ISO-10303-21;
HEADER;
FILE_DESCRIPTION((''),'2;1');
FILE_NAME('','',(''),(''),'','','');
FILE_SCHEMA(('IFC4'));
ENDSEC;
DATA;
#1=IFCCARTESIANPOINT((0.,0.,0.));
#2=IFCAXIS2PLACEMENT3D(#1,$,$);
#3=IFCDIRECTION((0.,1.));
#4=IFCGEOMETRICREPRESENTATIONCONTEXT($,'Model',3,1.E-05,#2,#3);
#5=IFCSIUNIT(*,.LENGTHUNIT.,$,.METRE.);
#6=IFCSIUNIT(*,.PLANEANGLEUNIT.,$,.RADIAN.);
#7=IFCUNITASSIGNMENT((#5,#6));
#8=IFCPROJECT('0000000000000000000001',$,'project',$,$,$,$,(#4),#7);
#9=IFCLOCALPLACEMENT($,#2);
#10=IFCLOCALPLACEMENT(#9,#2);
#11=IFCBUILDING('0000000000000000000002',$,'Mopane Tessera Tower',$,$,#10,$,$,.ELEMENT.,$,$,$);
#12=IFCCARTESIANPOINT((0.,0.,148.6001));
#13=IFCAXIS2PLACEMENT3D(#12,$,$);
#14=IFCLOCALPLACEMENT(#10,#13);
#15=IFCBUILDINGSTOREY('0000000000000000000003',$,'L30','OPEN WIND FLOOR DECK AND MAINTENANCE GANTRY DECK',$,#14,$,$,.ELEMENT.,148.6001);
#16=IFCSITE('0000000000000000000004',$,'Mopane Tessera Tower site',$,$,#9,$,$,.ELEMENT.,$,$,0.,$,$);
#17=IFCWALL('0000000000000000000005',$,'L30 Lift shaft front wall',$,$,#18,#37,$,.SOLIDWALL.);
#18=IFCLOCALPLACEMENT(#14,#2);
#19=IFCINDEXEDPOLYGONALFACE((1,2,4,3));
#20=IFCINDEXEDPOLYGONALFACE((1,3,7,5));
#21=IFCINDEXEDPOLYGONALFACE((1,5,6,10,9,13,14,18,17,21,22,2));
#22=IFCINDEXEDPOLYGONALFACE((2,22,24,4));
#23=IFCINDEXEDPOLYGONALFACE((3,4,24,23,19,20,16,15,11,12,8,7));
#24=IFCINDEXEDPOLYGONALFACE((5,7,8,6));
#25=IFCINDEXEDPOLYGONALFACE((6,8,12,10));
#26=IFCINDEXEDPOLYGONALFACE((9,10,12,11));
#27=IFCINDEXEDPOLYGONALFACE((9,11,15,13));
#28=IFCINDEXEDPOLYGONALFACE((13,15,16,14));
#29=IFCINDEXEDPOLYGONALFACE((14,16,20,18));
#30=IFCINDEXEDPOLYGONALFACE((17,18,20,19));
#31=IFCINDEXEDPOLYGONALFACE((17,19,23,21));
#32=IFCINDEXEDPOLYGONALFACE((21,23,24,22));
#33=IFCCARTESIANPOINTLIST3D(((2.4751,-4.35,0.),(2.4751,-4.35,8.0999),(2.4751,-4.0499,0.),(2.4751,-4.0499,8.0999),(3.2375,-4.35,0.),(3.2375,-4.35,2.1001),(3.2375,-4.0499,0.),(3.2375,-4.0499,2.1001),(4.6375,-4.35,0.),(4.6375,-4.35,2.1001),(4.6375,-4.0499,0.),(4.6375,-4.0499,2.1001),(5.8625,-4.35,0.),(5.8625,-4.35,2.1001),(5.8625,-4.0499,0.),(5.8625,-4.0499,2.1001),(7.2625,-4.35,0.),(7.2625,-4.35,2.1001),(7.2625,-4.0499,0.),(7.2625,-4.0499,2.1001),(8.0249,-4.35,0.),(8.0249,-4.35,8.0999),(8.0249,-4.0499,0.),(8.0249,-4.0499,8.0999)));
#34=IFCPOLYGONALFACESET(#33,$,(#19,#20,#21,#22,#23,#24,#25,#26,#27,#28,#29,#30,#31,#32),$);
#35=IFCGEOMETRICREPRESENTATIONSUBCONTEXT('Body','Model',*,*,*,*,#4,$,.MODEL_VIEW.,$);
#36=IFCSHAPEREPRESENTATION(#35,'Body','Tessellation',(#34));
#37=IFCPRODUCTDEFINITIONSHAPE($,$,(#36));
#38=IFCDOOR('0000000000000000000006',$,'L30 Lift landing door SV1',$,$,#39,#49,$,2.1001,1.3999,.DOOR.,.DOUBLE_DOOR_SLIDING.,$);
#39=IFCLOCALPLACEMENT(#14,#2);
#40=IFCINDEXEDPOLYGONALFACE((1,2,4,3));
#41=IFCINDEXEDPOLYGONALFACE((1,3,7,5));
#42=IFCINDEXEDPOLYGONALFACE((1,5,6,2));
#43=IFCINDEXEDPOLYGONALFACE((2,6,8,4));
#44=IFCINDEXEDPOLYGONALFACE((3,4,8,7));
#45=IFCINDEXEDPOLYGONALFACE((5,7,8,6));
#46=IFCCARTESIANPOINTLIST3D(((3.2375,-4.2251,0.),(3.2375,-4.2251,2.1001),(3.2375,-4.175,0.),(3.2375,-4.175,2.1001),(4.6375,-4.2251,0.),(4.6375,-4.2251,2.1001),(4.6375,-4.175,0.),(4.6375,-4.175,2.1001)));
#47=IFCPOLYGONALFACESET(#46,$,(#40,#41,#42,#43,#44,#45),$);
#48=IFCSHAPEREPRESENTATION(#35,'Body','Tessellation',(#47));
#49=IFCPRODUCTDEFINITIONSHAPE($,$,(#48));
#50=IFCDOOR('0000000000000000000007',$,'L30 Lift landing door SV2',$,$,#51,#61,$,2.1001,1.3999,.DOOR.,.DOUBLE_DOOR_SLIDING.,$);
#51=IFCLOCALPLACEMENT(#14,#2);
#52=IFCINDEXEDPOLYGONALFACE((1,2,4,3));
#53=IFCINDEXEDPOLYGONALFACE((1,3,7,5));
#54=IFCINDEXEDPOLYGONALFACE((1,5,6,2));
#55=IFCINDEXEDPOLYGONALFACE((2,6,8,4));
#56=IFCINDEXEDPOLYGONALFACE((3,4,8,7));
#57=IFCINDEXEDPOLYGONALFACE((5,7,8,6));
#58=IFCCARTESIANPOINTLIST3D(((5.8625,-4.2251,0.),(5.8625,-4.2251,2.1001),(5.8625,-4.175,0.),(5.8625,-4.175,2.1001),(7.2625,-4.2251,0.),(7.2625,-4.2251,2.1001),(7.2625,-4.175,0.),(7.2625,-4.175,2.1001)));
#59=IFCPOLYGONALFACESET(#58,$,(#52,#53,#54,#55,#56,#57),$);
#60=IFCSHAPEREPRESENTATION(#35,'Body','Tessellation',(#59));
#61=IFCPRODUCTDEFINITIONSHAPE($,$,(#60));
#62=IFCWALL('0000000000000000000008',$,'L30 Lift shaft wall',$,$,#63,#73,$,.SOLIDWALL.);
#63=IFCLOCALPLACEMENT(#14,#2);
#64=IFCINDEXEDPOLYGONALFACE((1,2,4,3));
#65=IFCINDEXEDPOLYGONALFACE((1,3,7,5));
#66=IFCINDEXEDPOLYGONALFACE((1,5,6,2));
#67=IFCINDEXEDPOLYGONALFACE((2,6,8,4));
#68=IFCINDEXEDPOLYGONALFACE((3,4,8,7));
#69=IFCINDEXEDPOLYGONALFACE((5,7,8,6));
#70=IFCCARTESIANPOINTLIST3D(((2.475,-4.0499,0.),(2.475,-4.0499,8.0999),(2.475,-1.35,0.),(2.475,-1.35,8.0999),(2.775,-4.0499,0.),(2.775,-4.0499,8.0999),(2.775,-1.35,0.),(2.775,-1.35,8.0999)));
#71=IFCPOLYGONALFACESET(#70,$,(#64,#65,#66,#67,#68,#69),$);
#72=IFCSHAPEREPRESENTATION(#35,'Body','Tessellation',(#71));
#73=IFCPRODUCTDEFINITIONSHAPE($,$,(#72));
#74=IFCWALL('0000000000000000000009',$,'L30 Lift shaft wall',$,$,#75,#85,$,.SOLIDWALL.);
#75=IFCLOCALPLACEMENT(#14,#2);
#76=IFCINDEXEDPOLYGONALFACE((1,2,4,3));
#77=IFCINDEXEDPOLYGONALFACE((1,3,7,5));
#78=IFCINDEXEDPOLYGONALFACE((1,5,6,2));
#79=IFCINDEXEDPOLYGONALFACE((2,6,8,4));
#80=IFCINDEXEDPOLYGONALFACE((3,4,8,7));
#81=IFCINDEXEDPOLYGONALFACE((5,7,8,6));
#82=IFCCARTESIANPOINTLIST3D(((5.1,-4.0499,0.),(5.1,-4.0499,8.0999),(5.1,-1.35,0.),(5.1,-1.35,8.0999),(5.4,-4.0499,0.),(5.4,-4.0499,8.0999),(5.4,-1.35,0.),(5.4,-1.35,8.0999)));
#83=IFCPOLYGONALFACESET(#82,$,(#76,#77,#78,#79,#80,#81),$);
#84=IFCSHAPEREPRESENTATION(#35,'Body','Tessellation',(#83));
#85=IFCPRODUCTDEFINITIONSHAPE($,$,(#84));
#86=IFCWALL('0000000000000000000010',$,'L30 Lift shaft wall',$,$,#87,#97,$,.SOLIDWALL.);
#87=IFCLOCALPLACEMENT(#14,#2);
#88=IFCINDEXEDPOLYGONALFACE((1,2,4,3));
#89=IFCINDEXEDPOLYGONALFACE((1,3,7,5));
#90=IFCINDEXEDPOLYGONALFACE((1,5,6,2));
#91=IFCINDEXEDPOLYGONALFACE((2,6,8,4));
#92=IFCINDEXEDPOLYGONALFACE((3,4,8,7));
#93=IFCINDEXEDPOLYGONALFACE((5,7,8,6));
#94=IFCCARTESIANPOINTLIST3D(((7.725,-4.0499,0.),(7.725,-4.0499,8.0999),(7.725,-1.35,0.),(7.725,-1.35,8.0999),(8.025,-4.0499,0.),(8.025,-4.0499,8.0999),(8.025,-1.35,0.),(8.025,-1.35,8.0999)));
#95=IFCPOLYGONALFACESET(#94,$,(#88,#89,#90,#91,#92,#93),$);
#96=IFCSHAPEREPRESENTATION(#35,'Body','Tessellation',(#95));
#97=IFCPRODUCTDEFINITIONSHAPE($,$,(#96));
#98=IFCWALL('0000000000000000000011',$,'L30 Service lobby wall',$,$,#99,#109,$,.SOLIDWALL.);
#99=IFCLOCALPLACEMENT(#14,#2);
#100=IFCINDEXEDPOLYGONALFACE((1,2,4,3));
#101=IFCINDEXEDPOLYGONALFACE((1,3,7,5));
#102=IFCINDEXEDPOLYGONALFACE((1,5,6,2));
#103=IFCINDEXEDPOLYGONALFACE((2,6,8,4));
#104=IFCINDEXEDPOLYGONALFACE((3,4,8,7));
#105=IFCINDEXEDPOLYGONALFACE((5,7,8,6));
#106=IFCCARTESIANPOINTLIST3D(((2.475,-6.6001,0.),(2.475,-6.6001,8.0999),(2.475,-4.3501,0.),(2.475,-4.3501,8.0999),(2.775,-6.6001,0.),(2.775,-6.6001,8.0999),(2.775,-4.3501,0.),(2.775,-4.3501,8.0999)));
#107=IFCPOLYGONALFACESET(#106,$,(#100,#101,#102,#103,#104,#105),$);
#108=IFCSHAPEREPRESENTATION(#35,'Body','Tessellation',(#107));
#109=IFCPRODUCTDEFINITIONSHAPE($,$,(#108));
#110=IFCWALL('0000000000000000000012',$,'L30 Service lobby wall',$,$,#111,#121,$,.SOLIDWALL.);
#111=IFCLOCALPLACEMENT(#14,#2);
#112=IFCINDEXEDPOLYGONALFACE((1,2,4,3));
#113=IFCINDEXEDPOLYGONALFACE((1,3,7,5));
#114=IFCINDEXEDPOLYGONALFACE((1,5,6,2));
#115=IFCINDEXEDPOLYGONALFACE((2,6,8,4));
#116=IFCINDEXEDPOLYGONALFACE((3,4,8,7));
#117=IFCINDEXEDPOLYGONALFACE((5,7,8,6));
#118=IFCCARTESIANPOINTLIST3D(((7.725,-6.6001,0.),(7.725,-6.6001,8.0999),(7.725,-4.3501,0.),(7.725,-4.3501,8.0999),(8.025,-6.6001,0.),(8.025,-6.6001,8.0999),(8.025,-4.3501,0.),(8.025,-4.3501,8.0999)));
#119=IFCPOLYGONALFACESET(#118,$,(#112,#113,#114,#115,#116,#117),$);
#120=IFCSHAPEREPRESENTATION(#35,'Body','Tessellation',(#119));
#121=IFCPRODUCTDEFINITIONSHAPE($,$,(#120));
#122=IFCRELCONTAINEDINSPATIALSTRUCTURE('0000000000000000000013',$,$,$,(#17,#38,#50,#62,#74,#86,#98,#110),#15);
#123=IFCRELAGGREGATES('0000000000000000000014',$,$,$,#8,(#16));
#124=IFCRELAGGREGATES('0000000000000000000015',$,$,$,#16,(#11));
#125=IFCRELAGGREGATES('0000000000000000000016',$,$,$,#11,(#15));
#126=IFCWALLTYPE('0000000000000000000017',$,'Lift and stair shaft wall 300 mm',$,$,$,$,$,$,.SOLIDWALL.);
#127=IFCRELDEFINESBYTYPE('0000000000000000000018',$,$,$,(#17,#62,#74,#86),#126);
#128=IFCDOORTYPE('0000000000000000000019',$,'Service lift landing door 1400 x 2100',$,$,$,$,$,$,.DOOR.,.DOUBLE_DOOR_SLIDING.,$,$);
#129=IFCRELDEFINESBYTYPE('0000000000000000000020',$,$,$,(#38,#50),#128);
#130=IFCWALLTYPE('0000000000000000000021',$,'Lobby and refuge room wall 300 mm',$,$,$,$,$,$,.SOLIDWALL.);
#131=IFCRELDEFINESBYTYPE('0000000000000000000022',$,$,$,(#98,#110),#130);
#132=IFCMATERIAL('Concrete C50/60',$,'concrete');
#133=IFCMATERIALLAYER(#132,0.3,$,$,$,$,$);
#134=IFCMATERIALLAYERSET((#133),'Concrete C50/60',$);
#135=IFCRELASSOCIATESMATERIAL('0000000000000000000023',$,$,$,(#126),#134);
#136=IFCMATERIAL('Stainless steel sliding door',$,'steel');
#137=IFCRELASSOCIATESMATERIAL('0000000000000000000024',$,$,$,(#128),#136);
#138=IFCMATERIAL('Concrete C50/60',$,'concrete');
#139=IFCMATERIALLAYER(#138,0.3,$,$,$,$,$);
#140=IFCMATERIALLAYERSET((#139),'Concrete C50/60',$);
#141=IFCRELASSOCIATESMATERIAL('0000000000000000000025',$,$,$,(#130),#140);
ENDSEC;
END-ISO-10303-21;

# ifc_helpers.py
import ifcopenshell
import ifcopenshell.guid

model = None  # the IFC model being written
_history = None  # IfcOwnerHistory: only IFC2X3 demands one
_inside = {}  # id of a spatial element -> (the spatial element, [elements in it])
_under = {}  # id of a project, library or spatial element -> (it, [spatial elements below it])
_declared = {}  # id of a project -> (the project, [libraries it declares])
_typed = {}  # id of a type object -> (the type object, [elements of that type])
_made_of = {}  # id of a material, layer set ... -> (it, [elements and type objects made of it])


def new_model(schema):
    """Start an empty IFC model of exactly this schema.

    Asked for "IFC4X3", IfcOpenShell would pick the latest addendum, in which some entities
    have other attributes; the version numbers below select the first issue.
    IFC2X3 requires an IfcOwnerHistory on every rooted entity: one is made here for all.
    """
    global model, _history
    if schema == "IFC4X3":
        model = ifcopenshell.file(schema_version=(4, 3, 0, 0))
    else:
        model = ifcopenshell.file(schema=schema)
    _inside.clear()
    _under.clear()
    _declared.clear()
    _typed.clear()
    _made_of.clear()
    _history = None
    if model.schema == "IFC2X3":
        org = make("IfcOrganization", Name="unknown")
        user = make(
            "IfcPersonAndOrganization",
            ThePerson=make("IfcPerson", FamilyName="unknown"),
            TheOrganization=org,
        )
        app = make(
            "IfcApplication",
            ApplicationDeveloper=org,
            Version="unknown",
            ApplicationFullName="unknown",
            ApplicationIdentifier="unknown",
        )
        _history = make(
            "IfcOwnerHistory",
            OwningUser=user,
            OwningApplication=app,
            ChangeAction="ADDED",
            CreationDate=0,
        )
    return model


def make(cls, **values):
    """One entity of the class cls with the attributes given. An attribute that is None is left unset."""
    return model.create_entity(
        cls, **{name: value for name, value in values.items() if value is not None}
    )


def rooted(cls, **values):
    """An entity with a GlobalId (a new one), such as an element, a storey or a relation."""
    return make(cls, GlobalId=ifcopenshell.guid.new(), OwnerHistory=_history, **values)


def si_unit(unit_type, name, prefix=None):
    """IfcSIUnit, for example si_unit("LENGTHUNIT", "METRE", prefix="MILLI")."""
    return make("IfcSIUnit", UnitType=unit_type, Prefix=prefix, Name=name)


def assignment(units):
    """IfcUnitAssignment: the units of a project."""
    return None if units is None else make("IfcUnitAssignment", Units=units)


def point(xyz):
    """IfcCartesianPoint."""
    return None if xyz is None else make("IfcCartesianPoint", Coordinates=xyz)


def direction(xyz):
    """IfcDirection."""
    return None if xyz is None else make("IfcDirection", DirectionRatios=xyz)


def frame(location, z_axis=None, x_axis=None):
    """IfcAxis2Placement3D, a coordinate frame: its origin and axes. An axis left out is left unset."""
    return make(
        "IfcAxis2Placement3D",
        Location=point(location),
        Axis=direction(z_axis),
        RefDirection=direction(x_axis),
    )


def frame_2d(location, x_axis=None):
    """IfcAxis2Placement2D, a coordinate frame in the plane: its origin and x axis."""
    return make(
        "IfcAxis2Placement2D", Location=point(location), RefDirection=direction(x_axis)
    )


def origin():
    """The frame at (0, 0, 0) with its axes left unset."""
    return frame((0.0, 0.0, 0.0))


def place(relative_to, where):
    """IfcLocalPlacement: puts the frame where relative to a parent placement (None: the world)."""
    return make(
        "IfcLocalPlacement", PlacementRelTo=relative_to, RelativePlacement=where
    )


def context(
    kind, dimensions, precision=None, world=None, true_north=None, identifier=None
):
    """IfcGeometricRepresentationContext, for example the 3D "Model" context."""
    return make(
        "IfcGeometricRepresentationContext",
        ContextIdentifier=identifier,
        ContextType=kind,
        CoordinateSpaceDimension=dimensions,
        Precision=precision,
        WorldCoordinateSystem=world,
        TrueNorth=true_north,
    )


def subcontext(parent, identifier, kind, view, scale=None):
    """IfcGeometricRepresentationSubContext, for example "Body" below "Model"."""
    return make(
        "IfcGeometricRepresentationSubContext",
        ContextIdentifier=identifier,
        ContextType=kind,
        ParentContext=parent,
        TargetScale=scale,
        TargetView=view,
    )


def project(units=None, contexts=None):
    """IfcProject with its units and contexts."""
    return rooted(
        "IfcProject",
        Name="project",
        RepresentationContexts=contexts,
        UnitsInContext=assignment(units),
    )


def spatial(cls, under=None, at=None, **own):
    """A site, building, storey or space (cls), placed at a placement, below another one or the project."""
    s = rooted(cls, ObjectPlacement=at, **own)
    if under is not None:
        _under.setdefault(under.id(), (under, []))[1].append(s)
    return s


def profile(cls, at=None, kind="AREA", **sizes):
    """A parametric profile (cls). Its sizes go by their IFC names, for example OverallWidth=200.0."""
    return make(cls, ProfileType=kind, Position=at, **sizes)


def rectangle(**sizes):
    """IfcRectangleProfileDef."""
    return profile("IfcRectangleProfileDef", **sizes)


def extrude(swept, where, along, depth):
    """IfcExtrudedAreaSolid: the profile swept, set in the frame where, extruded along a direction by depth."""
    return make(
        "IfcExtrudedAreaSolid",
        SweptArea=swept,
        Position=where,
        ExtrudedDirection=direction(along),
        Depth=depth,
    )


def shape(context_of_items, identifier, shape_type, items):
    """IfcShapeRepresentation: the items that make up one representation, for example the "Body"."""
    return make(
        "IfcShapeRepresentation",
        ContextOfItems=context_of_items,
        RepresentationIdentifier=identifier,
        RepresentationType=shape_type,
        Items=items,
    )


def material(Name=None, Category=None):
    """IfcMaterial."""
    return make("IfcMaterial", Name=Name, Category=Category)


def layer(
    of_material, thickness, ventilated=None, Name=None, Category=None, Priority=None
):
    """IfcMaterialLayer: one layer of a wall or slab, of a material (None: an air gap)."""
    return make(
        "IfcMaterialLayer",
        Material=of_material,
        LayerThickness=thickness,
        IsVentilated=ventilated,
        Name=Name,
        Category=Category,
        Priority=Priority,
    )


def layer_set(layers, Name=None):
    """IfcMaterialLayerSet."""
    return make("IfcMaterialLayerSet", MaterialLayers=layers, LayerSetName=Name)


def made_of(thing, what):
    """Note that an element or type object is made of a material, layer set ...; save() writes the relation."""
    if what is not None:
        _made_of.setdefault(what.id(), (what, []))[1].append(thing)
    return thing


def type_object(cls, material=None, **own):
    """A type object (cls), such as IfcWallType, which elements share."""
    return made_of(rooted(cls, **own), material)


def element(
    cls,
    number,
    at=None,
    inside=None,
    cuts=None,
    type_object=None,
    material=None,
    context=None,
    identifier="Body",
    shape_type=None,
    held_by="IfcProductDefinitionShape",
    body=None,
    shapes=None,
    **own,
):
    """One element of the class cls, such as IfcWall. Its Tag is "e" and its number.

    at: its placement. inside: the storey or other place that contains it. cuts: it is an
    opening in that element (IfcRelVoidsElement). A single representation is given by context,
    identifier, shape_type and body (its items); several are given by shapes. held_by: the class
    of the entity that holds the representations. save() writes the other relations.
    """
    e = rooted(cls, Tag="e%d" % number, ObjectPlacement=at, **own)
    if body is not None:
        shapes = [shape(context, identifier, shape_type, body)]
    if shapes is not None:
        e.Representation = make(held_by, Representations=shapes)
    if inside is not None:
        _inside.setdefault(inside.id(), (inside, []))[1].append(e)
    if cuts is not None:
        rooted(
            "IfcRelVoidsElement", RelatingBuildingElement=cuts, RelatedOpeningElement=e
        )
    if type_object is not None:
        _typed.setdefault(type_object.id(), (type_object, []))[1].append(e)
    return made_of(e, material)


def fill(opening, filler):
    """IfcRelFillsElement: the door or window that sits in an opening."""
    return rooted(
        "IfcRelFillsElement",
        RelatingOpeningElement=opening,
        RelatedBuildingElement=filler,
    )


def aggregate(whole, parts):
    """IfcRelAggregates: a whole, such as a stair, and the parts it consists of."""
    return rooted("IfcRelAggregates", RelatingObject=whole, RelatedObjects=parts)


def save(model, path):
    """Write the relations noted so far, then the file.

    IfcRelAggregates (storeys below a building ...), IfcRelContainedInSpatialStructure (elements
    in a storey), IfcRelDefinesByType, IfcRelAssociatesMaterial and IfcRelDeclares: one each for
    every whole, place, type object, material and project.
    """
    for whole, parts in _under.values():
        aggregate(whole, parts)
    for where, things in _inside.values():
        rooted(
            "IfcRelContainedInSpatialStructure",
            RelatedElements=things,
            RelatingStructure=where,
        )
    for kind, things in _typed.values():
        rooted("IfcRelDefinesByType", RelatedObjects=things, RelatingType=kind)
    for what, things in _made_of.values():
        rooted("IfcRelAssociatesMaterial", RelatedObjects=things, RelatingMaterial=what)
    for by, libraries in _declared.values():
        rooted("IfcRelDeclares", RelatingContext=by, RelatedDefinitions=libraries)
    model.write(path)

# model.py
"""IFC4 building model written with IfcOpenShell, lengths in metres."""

from ifc_helpers import new_model, si_unit, direction, frame, frame_2d, origin, place, context, subcontext, project, spatial, rectangle, extrude, material, layer, layer_set, type_object, element, fill, save


model = new_model("IFC4")

# Units and contexts
model_context = context("Model", 3, precision=1e-05, world=origin(), true_north=direction((0.0, 1.0)))
body_context = subcontext(model_context, "Body", "Model", "MODEL_VIEW")
ifc_project = project(units=[si_unit("LENGTHUNIT", "METRE"), si_unit("PLANEANGLEUNIT", "RADIAN")], contexts=[model_context])

# Site, building, storey
site_placement = place(None, origin())
site = spatial("IfcSite", under=ifc_project, at=site_placement, Name="Mopane Tessera Tower site", CompositionType="ELEMENT", RefElevation=0.0)
building_placement = place(site_placement, origin())
building = spatial("IfcBuilding", under=site, at=building_placement, Name="Mopane Tessera Tower", CompositionType="ELEMENT")
storey_placement = place(building_placement, frame((0.0, 0.0, 148.6001)))
storey = spatial("IfcBuildingStorey", under=building, at=storey_placement, Name="L30", Description="OPEN WIND FLOOR DECK AND MAINTENANCE GANTRY DECK", CompositionType="ELEMENT", Elevation=148.6001)

# Shared definitions
ifc_material_1 = material(Name="Concrete C50/60", Category="concrete")
ifc_layer_1 = layer(ifc_material_1, 0.3)
ifc_layer_set_1 = layer_set([ifc_layer_1], Name="Concrete C50/60")
wall_type_1 = type_object("IfcWallType", Name="Lift and stair shaft wall 300 mm", PredefinedType="SOLIDWALL", material=ifc_layer_set_1)

# Wall, openings, doors
wall_1_placement = place(storey_placement, frame((2.4751, -4.2, 0.0), z_axis=(0.0, 0.0, 1.0), x_axis=(1.0, 0.0, 0.0)))
wall_1 = element("IfcWall", 1, at=wall_1_placement, inside=storey, type_object=wall_type_1, Name="L30 Lift shaft front wall", PredefinedType="SOLIDWALL", context=body_context, shape_type="SweptSolid", body=[
    extrude(rectangle(XDim=5.5498, YDim=0.3, at=frame_2d((2.7749, 0.0))), origin(), (0.0, 0.0, 1.0), 8.0999),
])
opening_1_placement = place(wall_1_placement, frame((0.7625, 0.0, 0.0)))
opening_1 = element("IfcOpeningElement", 2, at=opening_1_placement, cuts=wall_1, PredefinedType="OPENING", context=body_context, shape_type="SweptSolid", body=[
    extrude(rectangle(XDim=1.3999, YDim=2.1001, at=frame_2d((0.7, 1.05))), frame((0.0, 0.1621, 0.0), z_axis=(0.0, -1.0, 0.0), x_axis=(1.0, 0.0, 0.0)), (0.0, 0.0, 1.0), 0.324),
])
opening_2_placement = place(wall_1_placement, frame((3.3875, 0.0, 0.0)))
opening_2 = element("IfcOpeningElement", 3, at=opening_2_placement, cuts=wall_1, PredefinedType="OPENING", context=body_context, shape_type="SweptSolid", body=[
    extrude(rectangle(XDim=1.3999, YDim=2.1001, at=frame_2d((0.7, 1.05))), frame((0.0, 0.1621, 0.0), z_axis=(0.0, -1.0, 0.0), x_axis=(1.0, 0.0, 0.0)), (0.0, 0.0, 1.0), 0.324),
])
ifc_material_2 = material(Name="Stainless steel sliding door", Category="steel")
door_type = type_object("IfcDoorType", Name="Service lift landing door 1400 x 2100", OperationType="DOUBLE_DOOR_SLIDING", PredefinedType="DOOR", material=ifc_material_2)
door_1_placement = place(opening_1_placement, origin())
door_1 = element("IfcDoor", 4, at=door_1_placement, inside=storey, type_object=door_type, Name="L30 Lift landing door SV1", OperationType="DOUBLE_DOOR_SLIDING", OverallHeight=2.1001, OverallWidth=1.3999, PredefinedType="DOOR", context=body_context, shape_type="SweptSolid", body=[
    extrude(rectangle(XDim=1.3999, YDim=2.1001, at=frame_2d((0.7, 1.05))), frame((0.0, 0.0249, 0.0), z_axis=(0.0, -1.0, 0.0), x_axis=(1.0, 0.0, 0.0)), (0.0, 0.0, 1.0), 0.05),
])
fill(opening_1, door_1)
door_2_placement = place(opening_2_placement, origin())
door_2 = element("IfcDoor", 5, at=door_2_placement, inside=storey, type_object=door_type, Name="L30 Lift landing door SV2", OperationType="DOUBLE_DOOR_SLIDING", OverallHeight=2.1001, OverallWidth=1.3999, PredefinedType="DOOR", context=body_context, shape_type="SweptSolid", body=[
    extrude(rectangle(XDim=1.3999, YDim=2.1001, at=frame_2d((0.7, 1.05))), frame((0.0, 0.0249, 0.0), z_axis=(0.0, -1.0, 0.0), x_axis=(1.0, 0.0, 0.0)), (0.0, 0.0, 1.0), 0.05),
])
fill(opening_2, door_2)

# Walls
for number, where, z_axis, x_axis, name in (
    (6, (2.625, -4.05, 0.0), (0.0, 0.0, 1.0), (0.0, 1.0, 0.0), "L30 Lift shaft wall"),
    (7, (5.25, -4.05, 0.0), (0.0, 0.0, 1.0), (0.0, 1.0, 0.0), "L30 Lift shaft wall"),
    (8, (7.875, -4.05, 0.0), (0.0, 0.0, 1.0), (0.0, 1.0, 0.0), "L30 Lift shaft wall"),
):
    element("IfcWall", number, at=place(storey_placement, frame(where, z_axis=z_axis, x_axis=x_axis)), inside=storey, type_object=wall_type_1, Name=name, PredefinedType="SOLIDWALL", context=body_context, shape_type="SweptSolid", body=[
        extrude(rectangle(XDim=2.7, YDim=0.3, at=frame_2d((1.3501, 0.0))), origin(), (0.0, 0.0, 1.0), 8.0999),
    ])
ifc_material_3 = material(Name="Concrete C50/60", Category="concrete")
ifc_layer_2 = layer(ifc_material_3, 0.3)
ifc_layer_set_2 = layer_set([ifc_layer_2], Name="Concrete C50/60")
wall_type_2 = type_object("IfcWallType", Name="Lobby and refuge room wall 300 mm", PredefinedType="SOLIDWALL", material=ifc_layer_set_2)
for number, where, z_axis, x_axis, name in (
    (9, (2.625, -6.6001, 0.0), (0.0, 0.0, 1.0), (0.0, 1.0, 0.0), "L30 Service lobby wall"),
    (10, (7.875, -6.6001, 0.0), (0.0, 0.0, 1.0), (0.0, 1.0, 0.0), "L30 Service lobby wall"),
):
    element("IfcWall", number, at=place(storey_placement, frame(where, z_axis=z_axis, x_axis=x_axis)), inside=storey, type_object=wall_type_2, Name=name, PredefinedType="SOLIDWALL", context=body_context, shape_type="SweptSolid", body=[
        extrude(rectangle(XDim=2.25, YDim=0.3, at=frame_2d((1.125, 0.0))), origin(), (0.0, 0.0, 1.0), 8.0999),
    ])

save(model, "model.ifc")
